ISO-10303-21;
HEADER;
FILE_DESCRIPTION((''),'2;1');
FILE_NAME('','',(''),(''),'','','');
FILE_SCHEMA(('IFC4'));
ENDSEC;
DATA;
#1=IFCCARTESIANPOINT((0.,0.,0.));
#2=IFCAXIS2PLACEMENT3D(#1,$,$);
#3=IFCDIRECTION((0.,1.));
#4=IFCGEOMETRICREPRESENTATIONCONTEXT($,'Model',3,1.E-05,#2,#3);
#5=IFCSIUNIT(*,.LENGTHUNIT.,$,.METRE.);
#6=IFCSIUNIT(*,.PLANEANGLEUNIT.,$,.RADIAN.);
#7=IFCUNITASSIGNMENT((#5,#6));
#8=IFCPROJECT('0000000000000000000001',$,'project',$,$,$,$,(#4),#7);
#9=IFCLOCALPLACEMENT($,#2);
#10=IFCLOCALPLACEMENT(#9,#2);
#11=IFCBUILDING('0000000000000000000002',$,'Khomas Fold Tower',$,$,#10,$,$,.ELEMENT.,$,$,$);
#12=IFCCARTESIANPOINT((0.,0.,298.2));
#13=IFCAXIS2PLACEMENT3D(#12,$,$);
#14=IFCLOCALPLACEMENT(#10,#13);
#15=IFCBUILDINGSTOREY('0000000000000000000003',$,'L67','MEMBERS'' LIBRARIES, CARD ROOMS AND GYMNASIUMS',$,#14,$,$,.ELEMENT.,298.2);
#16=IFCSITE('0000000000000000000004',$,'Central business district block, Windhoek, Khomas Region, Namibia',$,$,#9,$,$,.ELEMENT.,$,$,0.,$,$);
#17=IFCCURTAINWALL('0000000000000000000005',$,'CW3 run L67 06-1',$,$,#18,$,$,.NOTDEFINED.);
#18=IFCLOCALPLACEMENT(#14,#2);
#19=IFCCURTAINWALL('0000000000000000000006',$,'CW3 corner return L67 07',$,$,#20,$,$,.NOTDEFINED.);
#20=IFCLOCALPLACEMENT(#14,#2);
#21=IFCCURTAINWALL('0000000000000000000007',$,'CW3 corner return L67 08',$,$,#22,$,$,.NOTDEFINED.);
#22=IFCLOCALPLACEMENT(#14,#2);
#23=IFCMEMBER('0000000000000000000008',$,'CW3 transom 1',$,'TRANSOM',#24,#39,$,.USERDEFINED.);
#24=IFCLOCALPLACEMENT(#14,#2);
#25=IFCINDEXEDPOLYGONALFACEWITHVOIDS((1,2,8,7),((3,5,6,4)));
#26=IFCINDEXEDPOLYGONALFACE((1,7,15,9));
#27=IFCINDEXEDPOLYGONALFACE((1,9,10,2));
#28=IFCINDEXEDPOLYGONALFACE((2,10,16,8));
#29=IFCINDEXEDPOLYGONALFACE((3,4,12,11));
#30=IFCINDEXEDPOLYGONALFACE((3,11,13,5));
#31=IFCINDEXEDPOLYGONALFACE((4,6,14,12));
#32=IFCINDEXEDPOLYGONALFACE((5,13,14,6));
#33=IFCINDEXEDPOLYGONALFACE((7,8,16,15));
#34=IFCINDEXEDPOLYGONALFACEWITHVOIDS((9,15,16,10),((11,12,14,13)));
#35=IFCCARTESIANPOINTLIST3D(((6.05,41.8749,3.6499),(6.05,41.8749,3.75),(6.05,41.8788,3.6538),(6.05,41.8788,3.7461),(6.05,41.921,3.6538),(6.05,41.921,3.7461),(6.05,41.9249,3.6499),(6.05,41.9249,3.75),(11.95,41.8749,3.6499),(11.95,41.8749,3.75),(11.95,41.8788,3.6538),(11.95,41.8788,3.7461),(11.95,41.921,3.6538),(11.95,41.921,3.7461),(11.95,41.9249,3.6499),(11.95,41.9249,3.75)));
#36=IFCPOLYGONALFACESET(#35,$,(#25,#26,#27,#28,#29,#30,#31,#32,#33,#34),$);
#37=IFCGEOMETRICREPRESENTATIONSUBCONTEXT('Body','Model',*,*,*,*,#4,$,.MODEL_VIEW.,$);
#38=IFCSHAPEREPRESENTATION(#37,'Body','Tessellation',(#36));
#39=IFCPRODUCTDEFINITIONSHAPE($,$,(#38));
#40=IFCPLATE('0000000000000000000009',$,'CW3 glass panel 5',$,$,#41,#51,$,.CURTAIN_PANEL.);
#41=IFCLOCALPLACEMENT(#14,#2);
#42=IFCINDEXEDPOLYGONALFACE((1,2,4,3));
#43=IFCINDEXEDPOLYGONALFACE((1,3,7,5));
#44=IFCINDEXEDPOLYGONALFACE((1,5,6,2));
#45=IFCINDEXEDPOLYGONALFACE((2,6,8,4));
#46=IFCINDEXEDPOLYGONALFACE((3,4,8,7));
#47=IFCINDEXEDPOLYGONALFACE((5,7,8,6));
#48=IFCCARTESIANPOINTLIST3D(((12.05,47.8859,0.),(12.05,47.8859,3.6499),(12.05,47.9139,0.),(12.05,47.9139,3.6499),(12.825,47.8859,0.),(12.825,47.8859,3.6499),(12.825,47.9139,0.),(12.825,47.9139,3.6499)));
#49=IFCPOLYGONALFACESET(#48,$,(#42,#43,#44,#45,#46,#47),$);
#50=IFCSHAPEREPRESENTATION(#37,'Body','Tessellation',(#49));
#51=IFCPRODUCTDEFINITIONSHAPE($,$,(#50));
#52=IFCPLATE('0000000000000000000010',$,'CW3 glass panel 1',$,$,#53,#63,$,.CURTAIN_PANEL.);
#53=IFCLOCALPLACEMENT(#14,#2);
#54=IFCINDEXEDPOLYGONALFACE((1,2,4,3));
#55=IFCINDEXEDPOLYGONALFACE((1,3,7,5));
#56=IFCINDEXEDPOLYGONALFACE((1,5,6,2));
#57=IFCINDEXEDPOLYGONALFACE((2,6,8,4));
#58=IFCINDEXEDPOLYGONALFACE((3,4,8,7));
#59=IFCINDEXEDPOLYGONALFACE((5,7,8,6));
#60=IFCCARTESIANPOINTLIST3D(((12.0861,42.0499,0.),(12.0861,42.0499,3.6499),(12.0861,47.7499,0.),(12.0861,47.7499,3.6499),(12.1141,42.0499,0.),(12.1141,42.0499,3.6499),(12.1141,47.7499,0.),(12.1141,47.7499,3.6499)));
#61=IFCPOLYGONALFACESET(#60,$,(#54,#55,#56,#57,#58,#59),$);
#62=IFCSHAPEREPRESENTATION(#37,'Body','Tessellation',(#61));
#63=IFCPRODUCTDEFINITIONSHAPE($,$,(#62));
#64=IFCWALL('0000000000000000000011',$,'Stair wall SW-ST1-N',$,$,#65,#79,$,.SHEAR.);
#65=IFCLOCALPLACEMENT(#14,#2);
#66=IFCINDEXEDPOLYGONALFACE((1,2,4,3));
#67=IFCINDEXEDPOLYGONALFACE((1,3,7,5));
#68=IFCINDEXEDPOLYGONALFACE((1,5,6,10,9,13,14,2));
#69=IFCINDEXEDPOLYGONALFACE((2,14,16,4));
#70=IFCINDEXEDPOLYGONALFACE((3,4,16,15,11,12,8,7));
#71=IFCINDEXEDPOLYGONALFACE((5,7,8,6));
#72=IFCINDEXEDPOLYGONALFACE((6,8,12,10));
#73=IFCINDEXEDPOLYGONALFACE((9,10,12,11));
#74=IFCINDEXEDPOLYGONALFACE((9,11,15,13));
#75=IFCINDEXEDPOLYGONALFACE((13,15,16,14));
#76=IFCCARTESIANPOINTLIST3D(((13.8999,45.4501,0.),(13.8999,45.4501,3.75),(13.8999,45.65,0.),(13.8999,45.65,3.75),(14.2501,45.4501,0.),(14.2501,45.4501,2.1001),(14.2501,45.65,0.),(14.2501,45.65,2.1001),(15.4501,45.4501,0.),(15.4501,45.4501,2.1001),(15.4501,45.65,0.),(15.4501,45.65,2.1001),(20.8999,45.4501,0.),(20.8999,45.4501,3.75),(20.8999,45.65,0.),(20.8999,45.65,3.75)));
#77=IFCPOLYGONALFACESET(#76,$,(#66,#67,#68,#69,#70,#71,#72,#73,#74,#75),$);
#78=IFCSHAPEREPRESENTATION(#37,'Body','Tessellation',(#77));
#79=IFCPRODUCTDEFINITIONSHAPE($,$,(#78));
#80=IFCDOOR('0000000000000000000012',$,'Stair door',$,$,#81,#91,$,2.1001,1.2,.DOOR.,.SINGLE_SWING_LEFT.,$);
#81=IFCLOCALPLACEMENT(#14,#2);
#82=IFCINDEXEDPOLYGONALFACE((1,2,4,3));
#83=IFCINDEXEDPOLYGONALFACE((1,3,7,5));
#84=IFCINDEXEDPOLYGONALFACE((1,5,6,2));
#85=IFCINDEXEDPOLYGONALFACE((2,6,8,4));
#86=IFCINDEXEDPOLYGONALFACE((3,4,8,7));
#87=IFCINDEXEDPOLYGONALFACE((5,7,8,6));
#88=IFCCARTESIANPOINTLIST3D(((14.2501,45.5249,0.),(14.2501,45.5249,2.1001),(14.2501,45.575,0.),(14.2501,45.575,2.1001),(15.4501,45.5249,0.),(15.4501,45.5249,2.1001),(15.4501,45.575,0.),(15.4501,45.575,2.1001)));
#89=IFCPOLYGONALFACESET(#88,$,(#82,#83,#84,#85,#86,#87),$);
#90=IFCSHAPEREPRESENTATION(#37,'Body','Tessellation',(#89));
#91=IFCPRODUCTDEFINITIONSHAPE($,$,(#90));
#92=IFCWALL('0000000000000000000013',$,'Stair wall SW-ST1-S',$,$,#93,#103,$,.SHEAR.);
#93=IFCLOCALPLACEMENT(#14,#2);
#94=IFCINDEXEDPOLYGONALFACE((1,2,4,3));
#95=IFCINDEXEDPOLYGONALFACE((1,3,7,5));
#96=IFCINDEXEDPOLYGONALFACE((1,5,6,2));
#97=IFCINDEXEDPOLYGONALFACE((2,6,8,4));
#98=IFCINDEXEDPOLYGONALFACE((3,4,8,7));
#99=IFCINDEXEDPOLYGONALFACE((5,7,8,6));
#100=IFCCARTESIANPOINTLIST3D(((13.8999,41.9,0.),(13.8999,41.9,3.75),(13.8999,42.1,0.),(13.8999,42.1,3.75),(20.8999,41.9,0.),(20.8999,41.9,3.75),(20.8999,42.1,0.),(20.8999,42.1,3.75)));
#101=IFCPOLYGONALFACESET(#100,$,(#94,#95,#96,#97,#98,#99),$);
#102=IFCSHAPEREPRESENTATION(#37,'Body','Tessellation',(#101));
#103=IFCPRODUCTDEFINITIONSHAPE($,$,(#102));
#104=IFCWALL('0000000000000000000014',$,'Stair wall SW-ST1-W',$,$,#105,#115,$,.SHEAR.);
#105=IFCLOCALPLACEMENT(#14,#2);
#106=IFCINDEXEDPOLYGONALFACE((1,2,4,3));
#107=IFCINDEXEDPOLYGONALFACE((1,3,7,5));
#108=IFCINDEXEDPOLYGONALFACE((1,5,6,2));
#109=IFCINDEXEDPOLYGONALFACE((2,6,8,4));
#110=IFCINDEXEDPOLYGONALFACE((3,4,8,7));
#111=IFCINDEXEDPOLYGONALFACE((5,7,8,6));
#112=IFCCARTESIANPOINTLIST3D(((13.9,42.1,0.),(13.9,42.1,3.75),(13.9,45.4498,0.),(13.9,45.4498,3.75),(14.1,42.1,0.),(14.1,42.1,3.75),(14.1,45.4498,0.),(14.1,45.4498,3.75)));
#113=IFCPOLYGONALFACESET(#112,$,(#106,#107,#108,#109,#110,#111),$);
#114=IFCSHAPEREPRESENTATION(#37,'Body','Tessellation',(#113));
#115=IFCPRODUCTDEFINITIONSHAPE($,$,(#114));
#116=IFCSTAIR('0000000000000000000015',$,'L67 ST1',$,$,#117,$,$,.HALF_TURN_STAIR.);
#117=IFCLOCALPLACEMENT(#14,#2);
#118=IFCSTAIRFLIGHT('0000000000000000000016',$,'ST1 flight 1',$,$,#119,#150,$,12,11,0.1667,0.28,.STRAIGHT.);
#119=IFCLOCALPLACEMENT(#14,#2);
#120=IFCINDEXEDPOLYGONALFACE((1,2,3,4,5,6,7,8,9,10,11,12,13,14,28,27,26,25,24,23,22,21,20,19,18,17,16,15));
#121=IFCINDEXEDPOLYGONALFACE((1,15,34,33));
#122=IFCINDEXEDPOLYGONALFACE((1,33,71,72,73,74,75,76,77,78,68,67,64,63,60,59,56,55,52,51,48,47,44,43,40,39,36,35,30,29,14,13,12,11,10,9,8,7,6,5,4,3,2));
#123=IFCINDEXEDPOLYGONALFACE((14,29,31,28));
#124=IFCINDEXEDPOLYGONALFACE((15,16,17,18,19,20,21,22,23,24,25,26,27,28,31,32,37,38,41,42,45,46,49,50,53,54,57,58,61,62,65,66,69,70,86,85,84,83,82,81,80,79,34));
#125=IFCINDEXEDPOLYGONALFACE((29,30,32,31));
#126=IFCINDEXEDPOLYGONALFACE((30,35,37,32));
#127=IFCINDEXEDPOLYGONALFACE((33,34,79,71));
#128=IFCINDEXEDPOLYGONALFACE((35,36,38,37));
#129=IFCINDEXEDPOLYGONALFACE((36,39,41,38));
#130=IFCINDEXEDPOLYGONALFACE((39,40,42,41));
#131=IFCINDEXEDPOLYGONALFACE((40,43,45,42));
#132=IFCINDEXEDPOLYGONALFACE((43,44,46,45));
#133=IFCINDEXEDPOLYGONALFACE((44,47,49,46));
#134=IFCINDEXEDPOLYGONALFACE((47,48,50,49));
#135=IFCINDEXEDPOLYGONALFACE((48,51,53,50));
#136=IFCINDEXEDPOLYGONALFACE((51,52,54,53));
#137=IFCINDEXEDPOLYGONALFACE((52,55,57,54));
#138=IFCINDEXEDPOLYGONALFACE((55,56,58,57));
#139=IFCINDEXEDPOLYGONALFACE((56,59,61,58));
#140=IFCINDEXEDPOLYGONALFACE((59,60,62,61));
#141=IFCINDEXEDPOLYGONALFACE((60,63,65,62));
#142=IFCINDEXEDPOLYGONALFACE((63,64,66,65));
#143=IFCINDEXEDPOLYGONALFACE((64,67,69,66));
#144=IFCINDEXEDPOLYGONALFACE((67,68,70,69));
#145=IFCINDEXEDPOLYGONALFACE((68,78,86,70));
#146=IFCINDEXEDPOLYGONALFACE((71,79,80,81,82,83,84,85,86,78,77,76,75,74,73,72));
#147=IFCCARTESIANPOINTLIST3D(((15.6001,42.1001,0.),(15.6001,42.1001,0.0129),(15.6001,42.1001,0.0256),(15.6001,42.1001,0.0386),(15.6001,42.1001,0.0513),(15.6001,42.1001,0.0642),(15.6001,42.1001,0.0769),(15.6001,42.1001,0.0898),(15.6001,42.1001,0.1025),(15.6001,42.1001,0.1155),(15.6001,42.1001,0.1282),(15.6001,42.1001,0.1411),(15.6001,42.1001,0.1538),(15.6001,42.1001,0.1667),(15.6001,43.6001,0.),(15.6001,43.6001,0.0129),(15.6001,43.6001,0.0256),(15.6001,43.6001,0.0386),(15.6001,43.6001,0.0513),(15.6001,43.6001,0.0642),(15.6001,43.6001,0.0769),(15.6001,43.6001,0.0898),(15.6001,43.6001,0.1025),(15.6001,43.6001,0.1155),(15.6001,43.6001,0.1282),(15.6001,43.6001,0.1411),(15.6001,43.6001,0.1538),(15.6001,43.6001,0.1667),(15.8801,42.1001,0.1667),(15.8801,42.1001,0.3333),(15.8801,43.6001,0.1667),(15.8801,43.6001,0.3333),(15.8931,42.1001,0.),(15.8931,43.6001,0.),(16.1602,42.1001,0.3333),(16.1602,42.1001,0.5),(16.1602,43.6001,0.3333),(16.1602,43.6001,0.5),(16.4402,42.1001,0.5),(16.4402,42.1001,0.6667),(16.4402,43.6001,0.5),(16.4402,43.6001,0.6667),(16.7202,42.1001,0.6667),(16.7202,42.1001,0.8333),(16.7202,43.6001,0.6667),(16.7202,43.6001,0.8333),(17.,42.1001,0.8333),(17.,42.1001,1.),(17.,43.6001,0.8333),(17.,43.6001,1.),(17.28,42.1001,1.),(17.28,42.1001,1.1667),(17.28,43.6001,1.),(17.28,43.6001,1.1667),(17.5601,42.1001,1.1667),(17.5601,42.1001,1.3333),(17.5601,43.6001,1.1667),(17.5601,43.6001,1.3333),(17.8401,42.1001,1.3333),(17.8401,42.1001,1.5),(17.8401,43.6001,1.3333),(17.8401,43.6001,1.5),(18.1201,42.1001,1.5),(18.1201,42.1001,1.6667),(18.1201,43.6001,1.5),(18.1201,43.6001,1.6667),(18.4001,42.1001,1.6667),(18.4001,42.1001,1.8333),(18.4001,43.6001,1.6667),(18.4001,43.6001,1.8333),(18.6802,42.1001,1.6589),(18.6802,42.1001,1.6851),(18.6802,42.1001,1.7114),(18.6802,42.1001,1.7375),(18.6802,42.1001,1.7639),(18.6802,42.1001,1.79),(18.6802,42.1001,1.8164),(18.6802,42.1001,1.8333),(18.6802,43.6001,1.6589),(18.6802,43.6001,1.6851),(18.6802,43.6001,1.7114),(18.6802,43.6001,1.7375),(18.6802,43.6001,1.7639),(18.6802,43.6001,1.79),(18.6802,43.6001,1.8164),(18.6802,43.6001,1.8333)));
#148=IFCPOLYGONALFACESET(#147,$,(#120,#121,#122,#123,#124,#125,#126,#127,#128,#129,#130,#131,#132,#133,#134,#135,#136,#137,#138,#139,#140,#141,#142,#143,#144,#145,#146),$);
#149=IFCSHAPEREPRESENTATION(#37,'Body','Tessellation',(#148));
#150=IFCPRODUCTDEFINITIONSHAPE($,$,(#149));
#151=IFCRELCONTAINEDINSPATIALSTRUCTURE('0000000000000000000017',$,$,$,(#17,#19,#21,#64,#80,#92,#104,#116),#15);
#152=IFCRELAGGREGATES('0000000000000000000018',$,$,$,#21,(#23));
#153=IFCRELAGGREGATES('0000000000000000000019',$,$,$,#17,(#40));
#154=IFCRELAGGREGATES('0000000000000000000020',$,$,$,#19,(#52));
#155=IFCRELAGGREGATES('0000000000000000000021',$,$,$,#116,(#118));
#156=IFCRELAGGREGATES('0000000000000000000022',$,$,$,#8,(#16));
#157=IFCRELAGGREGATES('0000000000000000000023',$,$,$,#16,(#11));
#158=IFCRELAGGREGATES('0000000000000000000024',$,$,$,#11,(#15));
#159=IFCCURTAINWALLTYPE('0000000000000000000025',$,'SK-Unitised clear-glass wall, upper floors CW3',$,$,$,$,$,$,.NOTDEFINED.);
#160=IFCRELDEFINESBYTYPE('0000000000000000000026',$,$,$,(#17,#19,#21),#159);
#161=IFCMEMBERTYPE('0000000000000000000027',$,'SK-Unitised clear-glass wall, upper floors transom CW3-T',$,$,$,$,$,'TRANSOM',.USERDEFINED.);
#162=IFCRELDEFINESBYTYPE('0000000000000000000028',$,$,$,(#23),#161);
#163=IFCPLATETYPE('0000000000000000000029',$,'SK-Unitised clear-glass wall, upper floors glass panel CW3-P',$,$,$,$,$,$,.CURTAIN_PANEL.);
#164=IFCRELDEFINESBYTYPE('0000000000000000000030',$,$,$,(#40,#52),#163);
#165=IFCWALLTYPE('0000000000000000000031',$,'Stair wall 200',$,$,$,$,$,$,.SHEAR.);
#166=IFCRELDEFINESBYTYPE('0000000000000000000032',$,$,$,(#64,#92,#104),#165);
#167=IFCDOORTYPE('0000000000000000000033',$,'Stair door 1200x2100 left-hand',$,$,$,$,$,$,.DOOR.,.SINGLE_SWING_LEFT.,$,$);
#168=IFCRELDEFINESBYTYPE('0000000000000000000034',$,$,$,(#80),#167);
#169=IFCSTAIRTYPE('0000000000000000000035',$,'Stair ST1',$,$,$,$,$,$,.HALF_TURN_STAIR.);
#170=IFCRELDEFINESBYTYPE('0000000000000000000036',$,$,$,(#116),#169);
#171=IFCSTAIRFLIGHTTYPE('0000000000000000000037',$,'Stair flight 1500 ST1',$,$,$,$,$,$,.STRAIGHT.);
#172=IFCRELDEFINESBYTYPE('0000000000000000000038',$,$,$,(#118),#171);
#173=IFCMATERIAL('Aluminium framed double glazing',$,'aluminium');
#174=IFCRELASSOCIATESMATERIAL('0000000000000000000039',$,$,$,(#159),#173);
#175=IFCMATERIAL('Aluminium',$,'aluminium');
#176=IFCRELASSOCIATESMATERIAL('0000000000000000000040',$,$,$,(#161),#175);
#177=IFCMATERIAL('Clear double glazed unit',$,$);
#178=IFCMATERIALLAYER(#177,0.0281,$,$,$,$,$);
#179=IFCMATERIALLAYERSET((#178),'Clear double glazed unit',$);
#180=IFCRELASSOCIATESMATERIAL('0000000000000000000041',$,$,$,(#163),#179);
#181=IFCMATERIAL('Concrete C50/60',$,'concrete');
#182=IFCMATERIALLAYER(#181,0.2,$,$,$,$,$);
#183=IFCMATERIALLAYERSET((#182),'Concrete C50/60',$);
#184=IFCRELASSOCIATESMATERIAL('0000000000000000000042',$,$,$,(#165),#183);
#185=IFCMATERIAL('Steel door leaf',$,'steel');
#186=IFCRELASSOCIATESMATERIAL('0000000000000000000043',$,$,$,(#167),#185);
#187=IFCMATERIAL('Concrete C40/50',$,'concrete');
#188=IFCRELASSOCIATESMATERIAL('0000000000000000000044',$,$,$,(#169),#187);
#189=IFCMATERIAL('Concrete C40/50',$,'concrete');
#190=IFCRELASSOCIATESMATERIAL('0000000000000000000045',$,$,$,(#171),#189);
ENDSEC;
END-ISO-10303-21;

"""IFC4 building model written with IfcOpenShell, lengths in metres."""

from ifc_helpers import new_model, si_unit, direction, frame, frame_2d, origin, origin_2d, place, context, subcontext, project, spatial, polyline, rectangle, hollow_rectangle, outline, extrude, source, transform, mapped, material, layer, layer_set, material_profile, profile_set, type_object, element, fill, aggregate, save


model = new_model("IFC4")

# Units and contexts
model_context = context("Model", 3, precision=1e-05, world=origin(), true_north=direction((0.0, 1.0)))
body_context = subcontext(model_context, "Body", "Model", "MODEL_VIEW")
ifc_project = project(units=[si_unit("LENGTHUNIT", "METRE"), si_unit("PLANEANGLEUNIT", "RADIAN")], contexts=[model_context])

# Site, building, storey
site_placement = place(None, origin())
site = spatial("IfcSite", under=ifc_project, at=site_placement, Name="Central business district block, Windhoek, Khomas Region, Namibia", CompositionType="ELEMENT", RefElevation=0.0)
building_placement = place(site_placement, origin())
building = spatial("IfcBuilding", under=site, at=building_placement, Name="Khomas Fold Tower", CompositionType="ELEMENT")
storey_placement = place(building_placement, frame((0.0, 0.0, 298.2)))
storey = spatial("IfcBuildingStorey", under=building, at=storey_placement, Name="L67", Description="MEMBERS' LIBRARIES, CARD ROOMS AND GYMNASIUMS", CompositionType="ELEMENT", Elevation=298.2)

# Curtain walls
ifc_material_1 = material(Name="Aluminium framed double glazing", Category="aluminium")
curtain_wall_type = type_object("IfcCurtainWallType", Name="SK-Unitised clear-glass wall, upper floors CW3", PredefinedType="NOTDEFINED", material=ifc_material_1)
curtain_wall_1_placement = place(storey_placement, origin())
curtain_wall_1 = element("IfcCurtainWall", 1, at=curtain_wall_1_placement, inside=storey, type_object=curtain_wall_type, Name="CW3 run L67 06-1", PredefinedType="NOTDEFINED")
curtain_wall_2_placement = place(storey_placement, origin())
curtain_wall_2 = element("IfcCurtainWall", 2, at=curtain_wall_2_placement, inside=storey, type_object=curtain_wall_type, Name="CW3 corner return L67 07", PredefinedType="NOTDEFINED")

# Curtain wall
curtain_wall_3_placement = place(storey_placement, origin())
curtain_wall_3 = element("IfcCurtainWall", 3, at=curtain_wall_3_placement, inside=storey, type_object=curtain_wall_type, Name="CW3 corner return L67 08", PredefinedType="NOTDEFINED")

# Member
ifc_material_2 = material(Name="Aluminium", Category="aluminium")
ifc_material_profile_1 = material_profile(ifc_material_2, hollow_rectangle(XDim=0.05, YDim=0.1001, WallThickness=0.0039, at=origin_2d()), Name="SK-Unitised clear-glass wall, upper floors transom CW3-T")
ifc_profile_set_1 = profile_set([ifc_material_profile_1], Name="Aluminium")
member_type_1 = type_object("IfcMemberType", Name="SK-Unitised clear-glass wall, upper floors transom CW3-T", ElementType="TRANSOM", PredefinedType="USERDEFINED", material=ifc_profile_set_1)
shared_shape_1 = source(origin(), body_context, "Body", "SweptSolid", [
    extrude(hollow_rectangle(XDim=0.05, YDim=0.1001, WallThickness=0.0039, at=origin_2d()), origin(), (0.0, 0.0, 1.0), 5.8999),
])
member_1_placement = place(storey_placement, frame((11.95, 41.8999, 3.7), z_axis=(-1.0, 0.0, 0.0), x_axis=(0.0, -1.0, 0.0)))
member_1 = element("IfcMember", 4, at=member_1_placement, type_object=member_type_1, Name="CW3 transom 1", ObjectType="TRANSOM", PredefinedType="USERDEFINED", context=body_context, shape_type="MappedRepresentation", body=[
    mapped(shared_shape_1, transform((0.0, 0.0, 0.0))),
])
aggregate(curtain_wall_3, [member_1])

# Plates
ifc_material_3 = material(Name="Clear double glazed unit")
ifc_layer_1 = layer(ifc_material_3, 0.0281)
ifc_layer_set_1 = layer_set([ifc_layer_1], Name="Clear double glazed unit")
plate_type = type_object("IfcPlateType", Name="SK-Unitised clear-glass wall, upper floors glass panel CW3-P", PredefinedType="CURTAIN_PANEL", material=ifc_layer_set_1)
shared_shape_2 = source(origin(), body_context, "Body", "SweptSolid", [
    extrude(rectangle(XDim=0.7749, YDim=0.0281, at=origin_2d()), origin(), (0.0, 0.0, 1.0), 3.6499),
])
plate_1_placement = place(storey_placement, frame((12.4375, 47.8999, 0.0), z_axis=(0.0, 0.0, 1.0), x_axis=(-1.0, 0.0, 0.0)))
plate_1 = element("IfcPlate", 5, at=plate_1_placement, type_object=plate_type, Name="CW3 glass panel 5", PredefinedType="CURTAIN_PANEL", context=body_context, shape_type="MappedRepresentation", body=[
    mapped(shared_shape_2, transform((0.0, 0.0, 0.0))),
])
aggregate(curtain_wall_1, [plate_1])
shared_shape_3 = source(origin(), body_context, "Body", "SweptSolid", [
    extrude(rectangle(XDim=5.7, YDim=0.0281, at=origin_2d()), origin(), (0.0, 0.0, 1.0), 3.6499),
])
plate_2_placement = place(storey_placement, frame((12.1001, 44.8999, 0.0), z_axis=(0.0, 0.0, 1.0), x_axis=(0.0, -1.0, 0.0)))
plate_2 = element("IfcPlate", 6, at=plate_2_placement, type_object=plate_type, Name="CW3 glass panel 1", PredefinedType="CURTAIN_PANEL", context=body_context, shape_type="MappedRepresentation", body=[
    mapped(shared_shape_3, transform((0.0, 0.0, 0.0))),
])
aggregate(curtain_wall_2, [plate_2])

# Wall, opening, door
ifc_material_4 = material(Name="Concrete C50/60", Category="concrete")
ifc_layer_2 = layer(ifc_material_4, 0.2)
ifc_layer_set_2 = layer_set([ifc_layer_2], Name="Concrete C50/60")
wall_type = type_object("IfcWallType", Name="Stair wall 200", PredefinedType="SHEAR", material=ifc_layer_set_2)
shared_shape_4 = source(origin(), body_context, "Body", "SweptSolid", [
    extrude(rectangle(XDim=7.0, YDim=0.2, at=frame_2d((3.5, 0.0))), origin(), (0.0, 0.0, 1.0), 3.75),
])
wall_1_placement = place(storey_placement, frame((13.8999, 45.55, 0.0), z_axis=(0.0, 0.0, 1.0), x_axis=(1.0, 0.0, 0.0)))
wall_1 = element("IfcWall", 7, at=wall_1_placement, inside=storey, type_object=wall_type, Name="Stair wall SW-ST1-N", PredefinedType="SHEAR", context=body_context, shape_type="MappedRepresentation", body=[
    mapped(shared_shape_4, transform((0.0, 0.0, 0.0))),
])
shared_shape_5 = source(origin(), body_context, "Body", "SweptSolid", [
    extrude(rectangle(XDim=1.2, YDim=2.1001, at=frame_2d((0.6001, 1.05))), frame((0.0, 0.1099, 0.0), z_axis=(0.0, -1.0, 0.0), x_axis=(1.0, 0.0, 0.0)), (0.0, 0.0, 1.0), 0.22),
])
opening_placement = place(wall_1_placement, frame((0.3501, 0.0, 0.0)))
opening = element("IfcOpeningElement", 8, at=opening_placement, cuts=wall_1, PredefinedType="OPENING", context=body_context, shape_type="MappedRepresentation", body=[
    mapped(shared_shape_5, transform((0.0, 0.0, 0.0))),
])
ifc_material_5 = material(Name="Steel door leaf", Category="steel")
door_type = type_object("IfcDoorType", Name="Stair door 1200x2100 left-hand", OperationType="SINGLE_SWING_LEFT", PredefinedType="DOOR", material=ifc_material_5)
shared_shape_6 = source(origin(), body_context, "Body", "SweptSolid", [
    extrude(rectangle(XDim=1.2, YDim=2.1001, at=frame_2d((0.6001, 1.05))), frame((0.0, 0.0249, 0.0), z_axis=(0.0, -1.0, 0.0), x_axis=(1.0, 0.0, 0.0)), (0.0, 0.0, 1.0), 0.05),
])
door_placement = place(opening_placement, origin())
door = element("IfcDoor", 9, at=door_placement, inside=storey, type_object=door_type, Name="Stair door", OperationType="SINGLE_SWING_LEFT", OverallHeight=2.1001, OverallWidth=1.2, PredefinedType="DOOR", context=body_context, shape_type="MappedRepresentation", body=[
    mapped(shared_shape_6, transform((0.0, 0.0, 0.0))),
])
fill(opening, door)

# Walls
wall_2_placement = place(storey_placement, frame((13.8999, 42.0, 0.0), z_axis=(0.0, 0.0, 1.0), x_axis=(1.0, 0.0, 0.0)))
element("IfcWall", 10, at=wall_2_placement, inside=storey, type_object=wall_type, Name="Stair wall SW-ST1-S", PredefinedType="SHEAR", context=body_context, shape_type="MappedRepresentation", body=[
    mapped(shared_shape_4, transform((0.0, 0.0, 0.0))),
])
shared_shape_7 = source(origin(), body_context, "Body", "SweptSolid", [
    extrude(rectangle(XDim=3.3499, YDim=0.2, at=frame_2d((1.6748, 0.0))), origin(), (0.0, 0.0, 1.0), 3.75),
])
wall_3_placement = place(storey_placement, frame((14.0, 42.1001, 0.0), z_axis=(0.0, 0.0, 1.0), x_axis=(0.0, 1.0, 0.0)))
element("IfcWall", 11, at=wall_3_placement, inside=storey, type_object=wall_type, Name="Stair wall SW-ST1-W", PredefinedType="SHEAR", context=body_context, shape_type="MappedRepresentation", body=[
    mapped(shared_shape_7, transform((0.0, 0.0, 0.0))),
])

# Stair, stair flight
ifc_material_6 = material(Name="Concrete C40/50", Category="concrete")
stair_type = type_object("IfcStairType", Name="Stair ST1", PredefinedType="HALF_TURN_STAIR", material=ifc_material_6)
stair_placement = place(storey_placement, origin())
stair = element("IfcStair", 12, at=stair_placement, inside=storey, type_object=stair_type, Name="L67 ST1", PredefinedType="HALF_TURN_STAIR")
ifc_material_7 = material(Name="Concrete C40/50", Category="concrete")
stair_flight_type = type_object("IfcStairFlightType", Name="Stair flight 1500 ST1", PredefinedType="STRAIGHT", material=ifc_material_7)
shared_shape_8 = source(origin(), body_context, "Body", "SweptSolid", [
    extrude(outline(polyline([(0.0, 0.0), (0.0, 0.0129), (0.0, 0.0256), (0.0, 0.0386), (0.0, 0.0513), (0.0, 0.0642), (0.0, 0.0769), (0.0, 0.0898), (0.0, 0.1025), (0.0, 0.1155), (0.0, 0.1282), (0.0, 0.1411), (0.0, 0.1538), (0.0, 0.1667), (0.28, 0.1667), (0.28, 0.3333), (0.5601, 0.3333), (0.5601, 0.5), (0.8401, 0.5), (0.8401, 0.6667), (1.1201, 0.6667), (1.1201, 0.8333), (1.3999, 0.8333), (1.3999, 1.0), (1.6799, 1.0), (1.6799, 1.1667), (1.96, 1.1667), (1.96, 1.3333), (2.24, 1.3333), (2.24, 1.5), (2.52, 1.5), (2.52, 1.6667), (2.8, 1.6667), (2.8, 1.8333), (3.0801, 1.8333), (3.0801, 2.0), (3.0801, 1.9739), (3.0801, 1.9475), (3.0801, 1.9214), (3.0801, 1.895), (3.0801, 1.8689), (3.0801, 1.8425), (3.0801, 1.8164), (3.0801, 1.79), (3.0801, 1.7639), (3.0801, 1.7375), (3.0801, 1.7114), (3.0801, 1.6851), (3.0801, 1.6589), (0.293, 0.0), (0.0, 0.0)])), frame((0.0, 0.75, 0.0), z_axis=(0.0, -1.0, 0.0), x_axis=(1.0, 0.0, 0.0)), (0.0, 0.0, 1.0), 1.5),
])
stair_flight_placement = place(storey_placement, frame((15.6001, 42.8501, 0.0), z_axis=(0.0, 0.0, 1.0), x_axis=(1.0, 0.0, 0.0)))
stair_flight = element("IfcStairFlight", 13, at=stair_flight_placement, type_object=stair_flight_type, Name="ST1 flight 1", NumberOfRisers=12, NumberOfTreads=11, PredefinedType="STRAIGHT", RiserHeight=0.1667, TreadLength=0.28, context=body_context, shape_type="MappedRepresentation", body=[
    mapped(shared_shape_8, transform((0.0, 0.0, 0.0))),
])
aggregate(stair, [stair_flight])

save(model, "model.ifc")
